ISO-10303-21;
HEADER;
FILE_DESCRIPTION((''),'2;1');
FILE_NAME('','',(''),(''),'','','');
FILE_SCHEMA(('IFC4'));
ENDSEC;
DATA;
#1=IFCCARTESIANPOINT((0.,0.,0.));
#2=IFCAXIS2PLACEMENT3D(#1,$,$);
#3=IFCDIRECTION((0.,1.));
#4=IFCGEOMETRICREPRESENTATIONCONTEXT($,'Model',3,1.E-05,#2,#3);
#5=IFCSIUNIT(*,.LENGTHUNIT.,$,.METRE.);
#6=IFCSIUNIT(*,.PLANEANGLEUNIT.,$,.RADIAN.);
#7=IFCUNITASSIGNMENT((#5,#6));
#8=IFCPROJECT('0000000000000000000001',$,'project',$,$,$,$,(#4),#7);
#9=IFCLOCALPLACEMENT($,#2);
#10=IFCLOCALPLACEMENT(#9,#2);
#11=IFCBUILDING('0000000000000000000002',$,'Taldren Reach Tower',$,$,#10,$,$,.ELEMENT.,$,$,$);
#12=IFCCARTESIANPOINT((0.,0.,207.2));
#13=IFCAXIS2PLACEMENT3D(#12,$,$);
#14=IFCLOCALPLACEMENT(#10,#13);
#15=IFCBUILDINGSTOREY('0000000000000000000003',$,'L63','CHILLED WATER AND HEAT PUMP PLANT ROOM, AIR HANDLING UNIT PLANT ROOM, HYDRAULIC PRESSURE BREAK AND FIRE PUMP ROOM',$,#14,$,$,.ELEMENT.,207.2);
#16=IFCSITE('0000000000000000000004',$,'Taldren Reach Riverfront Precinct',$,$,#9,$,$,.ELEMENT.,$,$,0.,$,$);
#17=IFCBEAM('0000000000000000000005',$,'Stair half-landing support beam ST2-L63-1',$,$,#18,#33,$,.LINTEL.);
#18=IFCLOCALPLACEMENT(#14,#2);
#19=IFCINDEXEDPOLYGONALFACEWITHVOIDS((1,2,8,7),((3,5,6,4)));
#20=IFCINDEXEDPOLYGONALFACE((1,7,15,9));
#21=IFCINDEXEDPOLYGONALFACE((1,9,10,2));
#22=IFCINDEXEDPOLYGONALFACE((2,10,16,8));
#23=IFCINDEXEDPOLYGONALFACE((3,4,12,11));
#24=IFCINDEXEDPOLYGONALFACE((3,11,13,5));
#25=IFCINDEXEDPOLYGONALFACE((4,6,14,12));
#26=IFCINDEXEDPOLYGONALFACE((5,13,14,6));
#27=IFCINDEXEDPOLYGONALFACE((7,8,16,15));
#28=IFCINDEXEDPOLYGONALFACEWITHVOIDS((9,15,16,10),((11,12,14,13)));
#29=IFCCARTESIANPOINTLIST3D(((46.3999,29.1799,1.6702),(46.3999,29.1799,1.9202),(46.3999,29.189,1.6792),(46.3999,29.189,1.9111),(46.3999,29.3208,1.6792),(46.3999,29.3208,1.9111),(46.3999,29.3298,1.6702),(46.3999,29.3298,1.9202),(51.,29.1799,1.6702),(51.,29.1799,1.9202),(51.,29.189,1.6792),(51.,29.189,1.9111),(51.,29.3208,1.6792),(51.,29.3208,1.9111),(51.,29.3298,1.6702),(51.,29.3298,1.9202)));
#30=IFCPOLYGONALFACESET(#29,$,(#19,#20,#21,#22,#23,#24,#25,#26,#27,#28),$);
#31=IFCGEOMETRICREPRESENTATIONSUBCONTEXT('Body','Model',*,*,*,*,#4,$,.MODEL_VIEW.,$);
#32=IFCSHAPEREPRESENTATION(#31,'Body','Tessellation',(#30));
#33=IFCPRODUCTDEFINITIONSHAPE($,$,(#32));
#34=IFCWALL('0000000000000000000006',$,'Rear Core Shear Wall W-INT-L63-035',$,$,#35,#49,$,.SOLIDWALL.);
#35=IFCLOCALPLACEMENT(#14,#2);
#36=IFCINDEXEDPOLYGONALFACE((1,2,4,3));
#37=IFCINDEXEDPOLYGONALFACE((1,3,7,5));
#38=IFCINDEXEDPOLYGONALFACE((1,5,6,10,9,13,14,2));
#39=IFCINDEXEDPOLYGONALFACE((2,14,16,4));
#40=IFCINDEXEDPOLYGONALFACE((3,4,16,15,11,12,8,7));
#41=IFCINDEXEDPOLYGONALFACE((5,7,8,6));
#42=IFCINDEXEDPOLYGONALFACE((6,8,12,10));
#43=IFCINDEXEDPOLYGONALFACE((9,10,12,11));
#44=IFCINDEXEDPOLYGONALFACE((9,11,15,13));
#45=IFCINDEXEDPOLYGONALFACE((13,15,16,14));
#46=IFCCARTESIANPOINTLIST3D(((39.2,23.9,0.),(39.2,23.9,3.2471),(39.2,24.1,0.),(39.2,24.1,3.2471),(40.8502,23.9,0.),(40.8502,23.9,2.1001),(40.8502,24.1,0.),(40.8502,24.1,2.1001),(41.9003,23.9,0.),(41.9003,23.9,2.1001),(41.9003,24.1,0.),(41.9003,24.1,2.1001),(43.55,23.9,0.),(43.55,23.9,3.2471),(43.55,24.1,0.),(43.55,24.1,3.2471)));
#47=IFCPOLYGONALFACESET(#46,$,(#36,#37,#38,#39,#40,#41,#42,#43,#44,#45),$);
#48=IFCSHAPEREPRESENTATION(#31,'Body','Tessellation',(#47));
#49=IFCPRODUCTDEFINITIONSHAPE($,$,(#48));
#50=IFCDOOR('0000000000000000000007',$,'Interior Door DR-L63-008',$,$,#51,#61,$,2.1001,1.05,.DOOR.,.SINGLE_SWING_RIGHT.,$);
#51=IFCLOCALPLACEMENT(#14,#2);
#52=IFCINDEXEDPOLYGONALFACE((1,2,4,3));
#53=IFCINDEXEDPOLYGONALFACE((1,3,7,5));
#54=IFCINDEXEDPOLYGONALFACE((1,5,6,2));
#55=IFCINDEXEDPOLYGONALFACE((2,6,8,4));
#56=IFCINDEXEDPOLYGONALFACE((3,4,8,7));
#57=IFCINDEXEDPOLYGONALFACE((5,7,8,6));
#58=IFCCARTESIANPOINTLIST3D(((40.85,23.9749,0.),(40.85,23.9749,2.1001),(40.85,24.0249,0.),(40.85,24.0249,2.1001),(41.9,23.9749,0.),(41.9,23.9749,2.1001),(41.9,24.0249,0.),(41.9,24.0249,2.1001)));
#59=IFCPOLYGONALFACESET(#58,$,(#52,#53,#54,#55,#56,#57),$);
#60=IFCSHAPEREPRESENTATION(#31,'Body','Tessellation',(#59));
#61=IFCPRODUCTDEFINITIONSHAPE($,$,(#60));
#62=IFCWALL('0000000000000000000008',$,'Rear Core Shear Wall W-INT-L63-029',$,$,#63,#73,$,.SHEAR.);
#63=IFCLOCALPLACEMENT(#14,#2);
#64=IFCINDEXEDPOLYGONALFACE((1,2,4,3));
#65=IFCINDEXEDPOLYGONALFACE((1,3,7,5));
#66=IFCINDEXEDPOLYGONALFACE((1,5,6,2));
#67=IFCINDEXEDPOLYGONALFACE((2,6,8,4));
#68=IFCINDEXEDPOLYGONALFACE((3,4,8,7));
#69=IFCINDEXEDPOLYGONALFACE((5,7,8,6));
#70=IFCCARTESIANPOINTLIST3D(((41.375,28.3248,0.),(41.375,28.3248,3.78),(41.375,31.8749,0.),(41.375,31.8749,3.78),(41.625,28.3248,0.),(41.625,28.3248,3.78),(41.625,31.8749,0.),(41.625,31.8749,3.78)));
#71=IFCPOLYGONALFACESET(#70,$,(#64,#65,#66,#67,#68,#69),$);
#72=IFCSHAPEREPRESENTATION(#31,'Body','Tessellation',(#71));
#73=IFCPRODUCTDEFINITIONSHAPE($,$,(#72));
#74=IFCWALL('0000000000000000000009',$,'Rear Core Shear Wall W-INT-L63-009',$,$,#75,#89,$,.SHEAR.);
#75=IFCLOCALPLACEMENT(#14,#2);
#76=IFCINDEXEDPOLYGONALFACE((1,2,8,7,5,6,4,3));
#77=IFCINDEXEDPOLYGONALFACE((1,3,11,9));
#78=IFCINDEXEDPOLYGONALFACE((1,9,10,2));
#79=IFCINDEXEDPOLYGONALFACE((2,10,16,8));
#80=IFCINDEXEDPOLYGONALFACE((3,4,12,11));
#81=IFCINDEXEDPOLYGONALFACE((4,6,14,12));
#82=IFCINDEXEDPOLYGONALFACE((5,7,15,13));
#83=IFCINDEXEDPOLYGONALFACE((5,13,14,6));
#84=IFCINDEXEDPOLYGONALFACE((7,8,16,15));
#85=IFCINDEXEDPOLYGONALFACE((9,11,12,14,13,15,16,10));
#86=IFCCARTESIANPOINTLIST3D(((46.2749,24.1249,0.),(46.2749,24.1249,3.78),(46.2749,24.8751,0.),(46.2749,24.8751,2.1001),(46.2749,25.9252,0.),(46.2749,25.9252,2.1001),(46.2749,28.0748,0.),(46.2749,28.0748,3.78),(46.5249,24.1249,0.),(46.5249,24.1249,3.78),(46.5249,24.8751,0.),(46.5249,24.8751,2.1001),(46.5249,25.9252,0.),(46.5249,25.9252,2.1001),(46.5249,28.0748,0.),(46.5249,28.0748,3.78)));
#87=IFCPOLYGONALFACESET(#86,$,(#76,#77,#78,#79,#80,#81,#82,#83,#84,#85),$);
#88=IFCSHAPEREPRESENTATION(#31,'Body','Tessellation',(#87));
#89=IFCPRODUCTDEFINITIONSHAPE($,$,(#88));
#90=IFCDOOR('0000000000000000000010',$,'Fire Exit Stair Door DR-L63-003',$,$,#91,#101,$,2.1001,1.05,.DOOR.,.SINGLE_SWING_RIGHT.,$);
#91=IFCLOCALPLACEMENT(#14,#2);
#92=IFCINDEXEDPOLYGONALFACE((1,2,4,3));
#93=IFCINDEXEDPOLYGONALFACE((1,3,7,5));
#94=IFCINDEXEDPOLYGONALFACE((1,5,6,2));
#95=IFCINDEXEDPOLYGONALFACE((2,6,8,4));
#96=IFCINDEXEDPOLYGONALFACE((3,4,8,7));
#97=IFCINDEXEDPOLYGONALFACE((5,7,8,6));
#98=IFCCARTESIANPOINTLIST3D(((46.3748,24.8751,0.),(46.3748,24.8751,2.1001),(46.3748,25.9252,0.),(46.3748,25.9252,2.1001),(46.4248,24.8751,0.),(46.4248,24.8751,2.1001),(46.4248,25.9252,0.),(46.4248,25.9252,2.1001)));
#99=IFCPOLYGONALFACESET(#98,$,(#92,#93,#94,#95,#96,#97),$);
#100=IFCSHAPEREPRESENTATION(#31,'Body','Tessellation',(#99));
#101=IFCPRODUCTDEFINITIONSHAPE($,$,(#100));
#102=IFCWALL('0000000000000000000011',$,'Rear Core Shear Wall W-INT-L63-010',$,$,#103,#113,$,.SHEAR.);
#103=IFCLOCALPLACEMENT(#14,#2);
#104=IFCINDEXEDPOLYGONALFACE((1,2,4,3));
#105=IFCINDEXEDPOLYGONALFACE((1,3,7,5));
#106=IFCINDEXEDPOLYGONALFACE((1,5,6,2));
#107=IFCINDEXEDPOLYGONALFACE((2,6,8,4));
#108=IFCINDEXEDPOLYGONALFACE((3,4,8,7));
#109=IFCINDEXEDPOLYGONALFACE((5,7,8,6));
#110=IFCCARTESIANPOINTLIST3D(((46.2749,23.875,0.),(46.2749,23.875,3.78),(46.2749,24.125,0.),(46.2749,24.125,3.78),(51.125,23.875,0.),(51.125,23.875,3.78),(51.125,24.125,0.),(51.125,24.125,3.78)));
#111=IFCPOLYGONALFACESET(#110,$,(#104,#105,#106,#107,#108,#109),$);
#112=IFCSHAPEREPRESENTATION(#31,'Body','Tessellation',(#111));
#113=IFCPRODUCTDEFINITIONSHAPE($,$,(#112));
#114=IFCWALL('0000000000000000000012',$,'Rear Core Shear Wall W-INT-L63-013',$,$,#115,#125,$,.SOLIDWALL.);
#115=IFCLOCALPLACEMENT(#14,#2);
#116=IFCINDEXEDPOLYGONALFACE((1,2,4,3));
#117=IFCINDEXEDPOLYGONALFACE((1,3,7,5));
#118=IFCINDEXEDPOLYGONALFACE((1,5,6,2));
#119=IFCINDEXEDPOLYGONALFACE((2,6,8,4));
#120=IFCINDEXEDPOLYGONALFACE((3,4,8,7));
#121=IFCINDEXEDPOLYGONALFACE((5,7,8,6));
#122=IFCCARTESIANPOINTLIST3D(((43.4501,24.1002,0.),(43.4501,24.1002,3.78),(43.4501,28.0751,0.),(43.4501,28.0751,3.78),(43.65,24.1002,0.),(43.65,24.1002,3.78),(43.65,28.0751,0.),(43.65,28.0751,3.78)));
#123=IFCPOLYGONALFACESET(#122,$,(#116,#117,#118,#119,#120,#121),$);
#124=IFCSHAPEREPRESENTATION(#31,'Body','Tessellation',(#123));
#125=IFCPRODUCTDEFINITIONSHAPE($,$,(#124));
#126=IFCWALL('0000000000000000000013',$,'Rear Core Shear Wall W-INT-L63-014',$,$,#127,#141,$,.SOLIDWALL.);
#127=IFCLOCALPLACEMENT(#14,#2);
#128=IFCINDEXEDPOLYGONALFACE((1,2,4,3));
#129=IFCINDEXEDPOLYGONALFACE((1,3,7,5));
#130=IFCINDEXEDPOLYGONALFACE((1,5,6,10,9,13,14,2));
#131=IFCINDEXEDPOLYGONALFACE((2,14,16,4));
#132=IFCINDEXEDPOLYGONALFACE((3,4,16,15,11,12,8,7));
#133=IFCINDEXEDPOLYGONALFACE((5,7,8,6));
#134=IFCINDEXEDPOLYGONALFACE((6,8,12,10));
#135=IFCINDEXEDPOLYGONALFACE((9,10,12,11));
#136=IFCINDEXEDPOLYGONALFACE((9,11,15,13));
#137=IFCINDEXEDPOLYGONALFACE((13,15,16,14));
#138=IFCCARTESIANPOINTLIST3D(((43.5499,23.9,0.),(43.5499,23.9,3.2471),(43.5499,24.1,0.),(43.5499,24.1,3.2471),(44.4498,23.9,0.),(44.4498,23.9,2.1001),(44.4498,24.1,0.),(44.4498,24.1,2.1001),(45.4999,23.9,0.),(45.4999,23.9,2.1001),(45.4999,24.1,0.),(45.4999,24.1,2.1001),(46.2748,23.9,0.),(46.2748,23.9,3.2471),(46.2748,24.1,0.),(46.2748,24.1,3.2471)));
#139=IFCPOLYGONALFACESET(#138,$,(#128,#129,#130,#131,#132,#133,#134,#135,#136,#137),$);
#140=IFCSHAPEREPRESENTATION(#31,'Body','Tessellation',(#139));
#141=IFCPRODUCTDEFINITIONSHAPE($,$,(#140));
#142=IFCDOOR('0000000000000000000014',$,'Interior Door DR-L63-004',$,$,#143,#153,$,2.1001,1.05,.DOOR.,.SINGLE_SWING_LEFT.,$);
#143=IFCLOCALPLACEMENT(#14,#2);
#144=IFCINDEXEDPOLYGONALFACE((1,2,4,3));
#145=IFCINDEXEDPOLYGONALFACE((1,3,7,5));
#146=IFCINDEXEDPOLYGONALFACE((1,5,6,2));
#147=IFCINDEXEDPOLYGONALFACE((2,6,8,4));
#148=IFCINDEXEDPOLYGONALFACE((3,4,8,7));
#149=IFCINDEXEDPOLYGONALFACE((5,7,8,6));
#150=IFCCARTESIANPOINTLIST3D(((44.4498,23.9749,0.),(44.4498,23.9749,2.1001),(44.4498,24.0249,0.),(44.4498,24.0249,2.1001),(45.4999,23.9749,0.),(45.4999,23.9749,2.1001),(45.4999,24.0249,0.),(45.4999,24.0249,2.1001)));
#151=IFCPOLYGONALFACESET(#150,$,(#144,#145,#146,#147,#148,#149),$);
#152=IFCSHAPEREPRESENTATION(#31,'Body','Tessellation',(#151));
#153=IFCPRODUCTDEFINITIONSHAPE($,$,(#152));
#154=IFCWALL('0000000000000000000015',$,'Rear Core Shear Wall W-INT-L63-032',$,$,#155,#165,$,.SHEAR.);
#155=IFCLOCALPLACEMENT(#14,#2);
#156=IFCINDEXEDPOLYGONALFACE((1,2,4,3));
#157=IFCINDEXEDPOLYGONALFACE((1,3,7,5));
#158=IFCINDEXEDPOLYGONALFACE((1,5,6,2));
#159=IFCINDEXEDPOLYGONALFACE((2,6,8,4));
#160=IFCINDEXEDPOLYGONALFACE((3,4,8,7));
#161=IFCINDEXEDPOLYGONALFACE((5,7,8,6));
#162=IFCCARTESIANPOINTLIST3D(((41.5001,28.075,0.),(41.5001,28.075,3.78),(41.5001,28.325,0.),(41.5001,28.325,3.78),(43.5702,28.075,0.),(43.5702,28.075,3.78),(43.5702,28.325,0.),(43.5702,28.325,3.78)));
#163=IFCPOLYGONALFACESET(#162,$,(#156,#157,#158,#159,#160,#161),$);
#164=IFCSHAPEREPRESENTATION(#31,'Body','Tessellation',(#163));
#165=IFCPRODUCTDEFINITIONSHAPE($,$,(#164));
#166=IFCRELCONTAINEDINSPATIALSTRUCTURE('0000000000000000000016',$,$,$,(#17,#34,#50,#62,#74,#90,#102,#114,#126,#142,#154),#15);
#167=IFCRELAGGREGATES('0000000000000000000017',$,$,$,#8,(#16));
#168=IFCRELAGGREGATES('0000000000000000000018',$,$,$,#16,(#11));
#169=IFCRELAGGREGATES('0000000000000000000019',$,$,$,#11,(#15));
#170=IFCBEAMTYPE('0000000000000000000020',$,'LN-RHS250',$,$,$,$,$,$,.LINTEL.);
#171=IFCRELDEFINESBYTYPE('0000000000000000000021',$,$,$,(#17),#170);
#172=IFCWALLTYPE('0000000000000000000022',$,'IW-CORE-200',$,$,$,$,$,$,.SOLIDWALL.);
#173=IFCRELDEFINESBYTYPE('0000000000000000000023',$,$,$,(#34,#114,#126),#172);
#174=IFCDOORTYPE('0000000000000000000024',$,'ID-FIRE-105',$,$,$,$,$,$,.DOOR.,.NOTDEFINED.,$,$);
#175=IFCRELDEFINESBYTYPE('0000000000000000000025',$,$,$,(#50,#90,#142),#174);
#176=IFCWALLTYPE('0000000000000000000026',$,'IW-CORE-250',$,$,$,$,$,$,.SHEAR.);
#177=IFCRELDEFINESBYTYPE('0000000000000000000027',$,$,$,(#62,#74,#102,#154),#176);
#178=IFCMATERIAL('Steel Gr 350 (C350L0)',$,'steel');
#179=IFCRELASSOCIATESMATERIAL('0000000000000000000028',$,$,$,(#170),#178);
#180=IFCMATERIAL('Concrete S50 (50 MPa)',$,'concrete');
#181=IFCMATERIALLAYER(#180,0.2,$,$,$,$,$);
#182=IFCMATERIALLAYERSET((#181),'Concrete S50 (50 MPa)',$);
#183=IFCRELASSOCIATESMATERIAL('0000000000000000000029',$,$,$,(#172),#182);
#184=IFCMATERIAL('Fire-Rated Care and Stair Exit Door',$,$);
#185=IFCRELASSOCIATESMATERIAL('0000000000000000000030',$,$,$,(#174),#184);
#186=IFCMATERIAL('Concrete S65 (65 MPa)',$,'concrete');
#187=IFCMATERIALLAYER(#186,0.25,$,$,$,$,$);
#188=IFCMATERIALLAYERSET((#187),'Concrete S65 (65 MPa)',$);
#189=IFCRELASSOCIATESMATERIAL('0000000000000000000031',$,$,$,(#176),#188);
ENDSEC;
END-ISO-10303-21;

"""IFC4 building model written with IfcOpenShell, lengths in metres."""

from ifc_helpers import new_model, si_unit, direction, frame, frame_2d, origin, origin_2d, place, context, subcontext, project, spatial, rectangle, hollow_rectangle, extrude, source, transform, mapped, material, layer, layer_set, material_profile, profile_set, type_object, element, fill, save


model = new_model("IFC4")

# Units and contexts
model_context = context("Model", 3, precision=1e-05, world=origin(), true_north=direction((0.0, 1.0)))
body_context = subcontext(model_context, "Body", "Model", "MODEL_VIEW")
ifc_project = project(units=[si_unit("LENGTHUNIT", "METRE"), si_unit("PLANEANGLEUNIT", "RADIAN")], contexts=[model_context])

# Site, building, storey
site_placement = place(None, origin())
site = spatial("IfcSite", under=ifc_project, at=site_placement, Name="Taldren Reach Riverfront Precinct", CompositionType="ELEMENT", RefElevation=0.0)
building_placement = place(site_placement, origin())
building = spatial("IfcBuilding", under=site, at=building_placement, Name="Taldren Reach Tower", CompositionType="ELEMENT")
storey_placement = place(building_placement, frame((0.0, 0.0, 207.2)))
storey = spatial("IfcBuildingStorey", under=building, at=storey_placement, Name="L63", Description="CHILLED WATER AND HEAT PUMP PLANT ROOM, AIR HANDLING UNIT PLANT ROOM, HYDRAULIC PRESSURE BREAK AND FIRE PUMP ROOM", CompositionType="ELEMENT", Elevation=207.2)

# Beam
ifc_material_1 = material(Name="Steel Gr 350 (C350L0)", Category="steel")
ifc_material_profile = material_profile(ifc_material_1, hollow_rectangle(XDim=0.1499, YDim=0.25, WallThickness=0.009, at=origin_2d()), Name="250x150x9.0RHS")
ifc_profile_set = profile_set([ifc_material_profile], Name="Steel Gr 350 (C350L0)")
beam_type = type_object("IfcBeamType", Name="LN-RHS250", PredefinedType="LINTEL", material=ifc_profile_set)
shared_shape_1 = source(origin(), body_context, "Body", "SweptSolid", [
    extrude(hollow_rectangle(XDim=0.1499, YDim=0.25, WallThickness=0.009, at=origin_2d()), origin(), (0.0, 0.0, 1.0), 4.6001),
])
beam_placement = place(storey_placement, frame((46.3999, 29.2549, 1.7952), z_axis=(1.0, 0.0, 0.0), x_axis=(0.0, 1.0, 0.0)))
element("IfcBeam", 1, at=beam_placement, inside=storey, type_object=beam_type, Name="Stair half-landing support beam ST2-L63-1", PredefinedType="LINTEL", context=body_context, shape_type="MappedRepresentation", body=[
    mapped(shared_shape_1, transform((0.0, 0.0, 0.0), scale=1.0)),
])

# Wall, opening, door
ifc_material_2 = material(Name="Concrete S50 (50 MPa)", Category="concrete")
ifc_layer_1 = layer(ifc_material_2, 0.2)
ifc_layer_set_1 = layer_set([ifc_layer_1], Name="Concrete S50 (50 MPa)")
wall_type_1 = type_object("IfcWallType", Name="IW-CORE-200", PredefinedType="SOLIDWALL", material=ifc_layer_set_1)
shared_shape_2 = source(origin(), body_context, "Body", "SweptSolid", [
    extrude(rectangle(XDim=4.3501, YDim=0.2, at=frame_2d((2.175, 0.0))), origin(), (0.0, 0.0, 1.0), 3.2471),
])
wall_1_placement = place(storey_placement, frame((43.55, 24.0, 0.0), z_axis=(0.0, 0.0, 1.0), x_axis=(-1.0, 0.0, 0.0)))
wall_1 = element("IfcWall", 2, at=wall_1_placement, inside=storey, type_object=wall_type_1, Name="Rear Core Shear Wall W-INT-L63-035", PredefinedType="SOLIDWALL", context=body_context, shape_type="MappedRepresentation", body=[
    mapped(shared_shape_2, transform((0.0, 0.0, 0.0), scale=1.0)),
])
shared_shape_3 = source(origin(), body_context, "Body", "SweptSolid", [
    extrude(rectangle(XDim=1.05, YDim=2.1001, at=frame_2d((0.5249, 1.05))), frame((0.0, 0.1099, 0.0), z_axis=(0.0, -1.0, 0.0), x_axis=(1.0, 0.0, 0.0)), (0.0, 0.0, 1.0), 0.22),
])
opening_1_placement = place(wall_1_placement, frame((1.6499, 0.0, 0.0)))
opening_1 = element("IfcOpeningElement", 3, at=opening_1_placement, cuts=wall_1, PredefinedType="OPENING", context=body_context, shape_type="MappedRepresentation", body=[
    mapped(shared_shape_3, transform((0.0, 0.0, 0.0), scale=1.0)),
])
ifc_material_3 = material(Name="Fire-Rated Care and Stair Exit Door")
door_type_1 = type_object("IfcDoorType", Name="ID-FIRE-105", OperationType="NOTDEFINED", PredefinedType="DOOR", material=ifc_material_3)
shared_shape_4 = source(origin(), body_context, "Body", "SweptSolid", [
    extrude(rectangle(XDim=1.05, YDim=2.1001, at=frame_2d((0.5249, 1.05))), frame((0.0, 0.0249, 0.0), z_axis=(0.0, -1.0, 0.0), x_axis=(1.0, 0.0, 0.0)), (0.0, 0.0, 1.0), 0.05),
])
door_1_placement = place(opening_1_placement, frame((1.05, 0.0, 0.0), z_axis=(0.0, 0.0, 1.0), x_axis=(-1.0, 0.0, 0.0)))
door_1 = element("IfcDoor", 4, at=door_1_placement, inside=storey, type_object=door_type_1, Name="Interior Door DR-L63-008", OperationType="SINGLE_SWING_RIGHT", OverallHeight=2.1001, OverallWidth=1.05, PredefinedType="DOOR", context=body_context, shape_type="MappedRepresentation", body=[
    mapped(shared_shape_4, transform((0.0, 0.0, 0.0), scale=1.0)),
])
fill(opening_1, door_1)

# Wall
ifc_material_4 = material(Name="Concrete S65 (65 MPa)", Category="concrete")
ifc_layer_2 = layer(ifc_material_4, 0.25)
ifc_layer_set_2 = layer_set([ifc_layer_2], Name="Concrete S65 (65 MPa)")
wall_type_2 = type_object("IfcWallType", Name="IW-CORE-250", PredefinedType="SHEAR", material=ifc_layer_set_2)
shared_shape_5 = source(origin(), body_context, "Body", "SweptSolid", [
    extrude(rectangle(XDim=3.55, YDim=0.25, at=frame_2d((1.7749, 0.0))), origin(), (0.0, 0.0, 1.0), 3.78),
])
wall_2_placement = place(storey_placement, frame((41.5, 28.325, 0.0), z_axis=(0.0, 0.0, 1.0), x_axis=(0.0, 1.0, 0.0)))
element("IfcWall", 5, at=wall_2_placement, inside=storey, type_object=wall_type_2, Name="Rear Core Shear Wall W-INT-L63-029", PredefinedType="SHEAR", context=body_context, shape_type="MappedRepresentation", body=[
    mapped(shared_shape_5, transform((0.0, 0.0, 0.0), scale=1.0)),
])

# Wall, opening, door
shared_shape_6 = source(origin(), body_context, "Body", "SweptSolid", [
    extrude(rectangle(XDim=3.95, YDim=0.25, at=frame_2d((1.9751, 0.0))), origin(), (0.0, 0.0, 1.0), 3.78),
])
wall_3_placement = place(storey_placement, frame((46.3999, 28.075, 0.0), z_axis=(0.0, 0.0, 1.0), x_axis=(0.0, -1.0, 0.0)))
wall_3 = element("IfcWall", 6, at=wall_3_placement, inside=storey, type_object=wall_type_2, Name="Rear Core Shear Wall W-INT-L63-009", PredefinedType="SHEAR", context=body_context, shape_type="MappedRepresentation", body=[
    mapped(shared_shape_6, transform((0.0, 0.0, 0.0), scale=1.0)),
])
shared_shape_7 = source(origin(), body_context, "Body", "SweptSolid", [
    extrude(rectangle(XDim=1.05, YDim=2.1001, at=frame_2d((0.5249, 1.05))), frame((0.0, 0.135, 0.0), z_axis=(0.0, -1.0, 0.0), x_axis=(1.0, 0.0, 0.0)), (0.0, 0.0, 1.0), 0.27),
])
opening_2_placement = place(wall_3_placement, frame((2.1499, 0.0, 0.0)))
opening_2 = element("IfcOpeningElement", 7, at=opening_2_placement, cuts=wall_3, PredefinedType="OPENING", context=body_context, shape_type="MappedRepresentation", body=[
    mapped(shared_shape_7, transform((0.0, 0.0, 0.0), scale=1.0)),
])
door_2_placement = place(opening_2_placement, origin())
door_2 = element("IfcDoor", 8, at=door_2_placement, inside=storey, type_object=door_type_1, Name="Fire Exit Stair Door DR-L63-003", OperationType="SINGLE_SWING_RIGHT", OverallHeight=2.1001, OverallWidth=1.05, PredefinedType="DOOR", context=body_context, shape_type="MappedRepresentation", body=[
    mapped(shared_shape_4, transform((0.0, 0.0, 0.0), scale=1.0)),
])
fill(opening_2, door_2)

# Wall
shared_shape_8 = source(origin(), body_context, "Body", "SweptSolid", [
    extrude(rectangle(XDim=4.8501, YDim=0.25, at=frame_2d((2.425, 0.0))), origin(), (0.0, 0.0, 1.0), 3.78),
])
wall_4_placement = place(storey_placement, frame((46.2749, 24.0, 0.0), z_axis=(0.0, 0.0, 1.0), x_axis=(1.0, 0.0, 0.0)))
element("IfcWall", 9, at=wall_4_placement, inside=storey, type_object=wall_type_2, Name="Rear Core Shear Wall W-INT-L63-010", PredefinedType="SHEAR", context=body_context, shape_type="MappedRepresentation", body=[
    mapped(shared_shape_8, transform((0.0, 0.0, 0.0), scale=1.0)),
])

# Wall
shared_shape_9 = source(origin(), body_context, "Body", "SweptSolid", [
    extrude(rectangle(XDim=3.9749, YDim=0.2, at=frame_2d((1.9873, 0.0))), origin(), (0.0, 0.0, 1.0), 3.78),
])
wall_5_placement = place(storey_placement, frame((43.55, 28.075, 0.0), z_axis=(0.0, 0.0, 1.0), x_axis=(0.0, -1.0, 0.0)))
element("IfcWall", 10, at=wall_5_placement, inside=storey, type_object=wall_type_1, Name="Rear Core Shear Wall W-INT-L63-013", PredefinedType="SOLIDWALL", context=body_context, shape_type="MappedRepresentation", body=[
    mapped(shared_shape_9, transform((0.0, 0.0, 0.0), scale=1.0)),
])

# Wall, opening, door
shared_shape_10 = source(origin(), body_context, "Body", "SweptSolid", [
    extrude(rectangle(XDim=2.7249, YDim=0.2, at=frame_2d((1.3623, 0.0))), origin(), (0.0, 0.0, 1.0), 3.2471),
])
wall_6_placement = place(storey_placement, frame((43.55, 24.0, 0.0), z_axis=(0.0, 0.0, 1.0), x_axis=(1.0, 0.0, 0.0)))
wall_6 = element("IfcWall", 11, at=wall_6_placement, inside=storey, type_object=wall_type_1, Name="Rear Core Shear Wall W-INT-L63-014", PredefinedType="SOLIDWALL", context=body_context, shape_type="MappedRepresentation", body=[
    mapped(shared_shape_10, transform((0.0, 0.0, 0.0), scale=1.0)),
])
opening_3_placement = place(wall_6_placement, frame((0.8999, 0.0, 0.0)))
opening_3 = element("IfcOpeningElement", 12, at=opening_3_placement, cuts=wall_6, PredefinedType="OPENING", context=body_context, shape_type="MappedRepresentation", body=[
    mapped(shared_shape_3, transform((0.0, 0.0, 0.0), scale=1.0)),
])
door_3_placement = place(opening_3_placement, origin())
door_3 = element("IfcDoor", 13, at=door_3_placement, inside=storey, type_object=door_type_1, Name="Interior Door DR-L63-004", OperationType="SINGLE_SWING_LEFT", OverallHeight=2.1001, OverallWidth=1.05, PredefinedType="DOOR", context=body_context, shape_type="MappedRepresentation", body=[
    mapped(shared_shape_4, transform((0.0, 0.0, 0.0), scale=1.0)),
])
fill(opening_3, door_3)

# Wall
shared_shape_11 = source(origin(), body_context, "Body", "SweptSolid", [
    extrude(rectangle(XDim=2.0701, YDim=0.25, at=frame_2d((1.0352, 0.0))), origin(), (0.0, 0.0, 1.0), 3.78),
])
wall_7_placement = place(storey_placement, frame((41.5, 28.2, 0.0), z_axis=(0.0, 0.0, 1.0), x_axis=(1.0, 0.0, 0.0)))
element("IfcWall", 14, at=wall_7_placement, inside=storey, type_object=wall_type_2, Name="Rear Core Shear Wall W-INT-L63-032", PredefinedType="SHEAR", context=body_context, shape_type="MappedRepresentation", body=[
    mapped(shared_shape_11, transform((0.0, 0.0, 0.0), scale=1.0)),
])

save(model, "model.ifc")
